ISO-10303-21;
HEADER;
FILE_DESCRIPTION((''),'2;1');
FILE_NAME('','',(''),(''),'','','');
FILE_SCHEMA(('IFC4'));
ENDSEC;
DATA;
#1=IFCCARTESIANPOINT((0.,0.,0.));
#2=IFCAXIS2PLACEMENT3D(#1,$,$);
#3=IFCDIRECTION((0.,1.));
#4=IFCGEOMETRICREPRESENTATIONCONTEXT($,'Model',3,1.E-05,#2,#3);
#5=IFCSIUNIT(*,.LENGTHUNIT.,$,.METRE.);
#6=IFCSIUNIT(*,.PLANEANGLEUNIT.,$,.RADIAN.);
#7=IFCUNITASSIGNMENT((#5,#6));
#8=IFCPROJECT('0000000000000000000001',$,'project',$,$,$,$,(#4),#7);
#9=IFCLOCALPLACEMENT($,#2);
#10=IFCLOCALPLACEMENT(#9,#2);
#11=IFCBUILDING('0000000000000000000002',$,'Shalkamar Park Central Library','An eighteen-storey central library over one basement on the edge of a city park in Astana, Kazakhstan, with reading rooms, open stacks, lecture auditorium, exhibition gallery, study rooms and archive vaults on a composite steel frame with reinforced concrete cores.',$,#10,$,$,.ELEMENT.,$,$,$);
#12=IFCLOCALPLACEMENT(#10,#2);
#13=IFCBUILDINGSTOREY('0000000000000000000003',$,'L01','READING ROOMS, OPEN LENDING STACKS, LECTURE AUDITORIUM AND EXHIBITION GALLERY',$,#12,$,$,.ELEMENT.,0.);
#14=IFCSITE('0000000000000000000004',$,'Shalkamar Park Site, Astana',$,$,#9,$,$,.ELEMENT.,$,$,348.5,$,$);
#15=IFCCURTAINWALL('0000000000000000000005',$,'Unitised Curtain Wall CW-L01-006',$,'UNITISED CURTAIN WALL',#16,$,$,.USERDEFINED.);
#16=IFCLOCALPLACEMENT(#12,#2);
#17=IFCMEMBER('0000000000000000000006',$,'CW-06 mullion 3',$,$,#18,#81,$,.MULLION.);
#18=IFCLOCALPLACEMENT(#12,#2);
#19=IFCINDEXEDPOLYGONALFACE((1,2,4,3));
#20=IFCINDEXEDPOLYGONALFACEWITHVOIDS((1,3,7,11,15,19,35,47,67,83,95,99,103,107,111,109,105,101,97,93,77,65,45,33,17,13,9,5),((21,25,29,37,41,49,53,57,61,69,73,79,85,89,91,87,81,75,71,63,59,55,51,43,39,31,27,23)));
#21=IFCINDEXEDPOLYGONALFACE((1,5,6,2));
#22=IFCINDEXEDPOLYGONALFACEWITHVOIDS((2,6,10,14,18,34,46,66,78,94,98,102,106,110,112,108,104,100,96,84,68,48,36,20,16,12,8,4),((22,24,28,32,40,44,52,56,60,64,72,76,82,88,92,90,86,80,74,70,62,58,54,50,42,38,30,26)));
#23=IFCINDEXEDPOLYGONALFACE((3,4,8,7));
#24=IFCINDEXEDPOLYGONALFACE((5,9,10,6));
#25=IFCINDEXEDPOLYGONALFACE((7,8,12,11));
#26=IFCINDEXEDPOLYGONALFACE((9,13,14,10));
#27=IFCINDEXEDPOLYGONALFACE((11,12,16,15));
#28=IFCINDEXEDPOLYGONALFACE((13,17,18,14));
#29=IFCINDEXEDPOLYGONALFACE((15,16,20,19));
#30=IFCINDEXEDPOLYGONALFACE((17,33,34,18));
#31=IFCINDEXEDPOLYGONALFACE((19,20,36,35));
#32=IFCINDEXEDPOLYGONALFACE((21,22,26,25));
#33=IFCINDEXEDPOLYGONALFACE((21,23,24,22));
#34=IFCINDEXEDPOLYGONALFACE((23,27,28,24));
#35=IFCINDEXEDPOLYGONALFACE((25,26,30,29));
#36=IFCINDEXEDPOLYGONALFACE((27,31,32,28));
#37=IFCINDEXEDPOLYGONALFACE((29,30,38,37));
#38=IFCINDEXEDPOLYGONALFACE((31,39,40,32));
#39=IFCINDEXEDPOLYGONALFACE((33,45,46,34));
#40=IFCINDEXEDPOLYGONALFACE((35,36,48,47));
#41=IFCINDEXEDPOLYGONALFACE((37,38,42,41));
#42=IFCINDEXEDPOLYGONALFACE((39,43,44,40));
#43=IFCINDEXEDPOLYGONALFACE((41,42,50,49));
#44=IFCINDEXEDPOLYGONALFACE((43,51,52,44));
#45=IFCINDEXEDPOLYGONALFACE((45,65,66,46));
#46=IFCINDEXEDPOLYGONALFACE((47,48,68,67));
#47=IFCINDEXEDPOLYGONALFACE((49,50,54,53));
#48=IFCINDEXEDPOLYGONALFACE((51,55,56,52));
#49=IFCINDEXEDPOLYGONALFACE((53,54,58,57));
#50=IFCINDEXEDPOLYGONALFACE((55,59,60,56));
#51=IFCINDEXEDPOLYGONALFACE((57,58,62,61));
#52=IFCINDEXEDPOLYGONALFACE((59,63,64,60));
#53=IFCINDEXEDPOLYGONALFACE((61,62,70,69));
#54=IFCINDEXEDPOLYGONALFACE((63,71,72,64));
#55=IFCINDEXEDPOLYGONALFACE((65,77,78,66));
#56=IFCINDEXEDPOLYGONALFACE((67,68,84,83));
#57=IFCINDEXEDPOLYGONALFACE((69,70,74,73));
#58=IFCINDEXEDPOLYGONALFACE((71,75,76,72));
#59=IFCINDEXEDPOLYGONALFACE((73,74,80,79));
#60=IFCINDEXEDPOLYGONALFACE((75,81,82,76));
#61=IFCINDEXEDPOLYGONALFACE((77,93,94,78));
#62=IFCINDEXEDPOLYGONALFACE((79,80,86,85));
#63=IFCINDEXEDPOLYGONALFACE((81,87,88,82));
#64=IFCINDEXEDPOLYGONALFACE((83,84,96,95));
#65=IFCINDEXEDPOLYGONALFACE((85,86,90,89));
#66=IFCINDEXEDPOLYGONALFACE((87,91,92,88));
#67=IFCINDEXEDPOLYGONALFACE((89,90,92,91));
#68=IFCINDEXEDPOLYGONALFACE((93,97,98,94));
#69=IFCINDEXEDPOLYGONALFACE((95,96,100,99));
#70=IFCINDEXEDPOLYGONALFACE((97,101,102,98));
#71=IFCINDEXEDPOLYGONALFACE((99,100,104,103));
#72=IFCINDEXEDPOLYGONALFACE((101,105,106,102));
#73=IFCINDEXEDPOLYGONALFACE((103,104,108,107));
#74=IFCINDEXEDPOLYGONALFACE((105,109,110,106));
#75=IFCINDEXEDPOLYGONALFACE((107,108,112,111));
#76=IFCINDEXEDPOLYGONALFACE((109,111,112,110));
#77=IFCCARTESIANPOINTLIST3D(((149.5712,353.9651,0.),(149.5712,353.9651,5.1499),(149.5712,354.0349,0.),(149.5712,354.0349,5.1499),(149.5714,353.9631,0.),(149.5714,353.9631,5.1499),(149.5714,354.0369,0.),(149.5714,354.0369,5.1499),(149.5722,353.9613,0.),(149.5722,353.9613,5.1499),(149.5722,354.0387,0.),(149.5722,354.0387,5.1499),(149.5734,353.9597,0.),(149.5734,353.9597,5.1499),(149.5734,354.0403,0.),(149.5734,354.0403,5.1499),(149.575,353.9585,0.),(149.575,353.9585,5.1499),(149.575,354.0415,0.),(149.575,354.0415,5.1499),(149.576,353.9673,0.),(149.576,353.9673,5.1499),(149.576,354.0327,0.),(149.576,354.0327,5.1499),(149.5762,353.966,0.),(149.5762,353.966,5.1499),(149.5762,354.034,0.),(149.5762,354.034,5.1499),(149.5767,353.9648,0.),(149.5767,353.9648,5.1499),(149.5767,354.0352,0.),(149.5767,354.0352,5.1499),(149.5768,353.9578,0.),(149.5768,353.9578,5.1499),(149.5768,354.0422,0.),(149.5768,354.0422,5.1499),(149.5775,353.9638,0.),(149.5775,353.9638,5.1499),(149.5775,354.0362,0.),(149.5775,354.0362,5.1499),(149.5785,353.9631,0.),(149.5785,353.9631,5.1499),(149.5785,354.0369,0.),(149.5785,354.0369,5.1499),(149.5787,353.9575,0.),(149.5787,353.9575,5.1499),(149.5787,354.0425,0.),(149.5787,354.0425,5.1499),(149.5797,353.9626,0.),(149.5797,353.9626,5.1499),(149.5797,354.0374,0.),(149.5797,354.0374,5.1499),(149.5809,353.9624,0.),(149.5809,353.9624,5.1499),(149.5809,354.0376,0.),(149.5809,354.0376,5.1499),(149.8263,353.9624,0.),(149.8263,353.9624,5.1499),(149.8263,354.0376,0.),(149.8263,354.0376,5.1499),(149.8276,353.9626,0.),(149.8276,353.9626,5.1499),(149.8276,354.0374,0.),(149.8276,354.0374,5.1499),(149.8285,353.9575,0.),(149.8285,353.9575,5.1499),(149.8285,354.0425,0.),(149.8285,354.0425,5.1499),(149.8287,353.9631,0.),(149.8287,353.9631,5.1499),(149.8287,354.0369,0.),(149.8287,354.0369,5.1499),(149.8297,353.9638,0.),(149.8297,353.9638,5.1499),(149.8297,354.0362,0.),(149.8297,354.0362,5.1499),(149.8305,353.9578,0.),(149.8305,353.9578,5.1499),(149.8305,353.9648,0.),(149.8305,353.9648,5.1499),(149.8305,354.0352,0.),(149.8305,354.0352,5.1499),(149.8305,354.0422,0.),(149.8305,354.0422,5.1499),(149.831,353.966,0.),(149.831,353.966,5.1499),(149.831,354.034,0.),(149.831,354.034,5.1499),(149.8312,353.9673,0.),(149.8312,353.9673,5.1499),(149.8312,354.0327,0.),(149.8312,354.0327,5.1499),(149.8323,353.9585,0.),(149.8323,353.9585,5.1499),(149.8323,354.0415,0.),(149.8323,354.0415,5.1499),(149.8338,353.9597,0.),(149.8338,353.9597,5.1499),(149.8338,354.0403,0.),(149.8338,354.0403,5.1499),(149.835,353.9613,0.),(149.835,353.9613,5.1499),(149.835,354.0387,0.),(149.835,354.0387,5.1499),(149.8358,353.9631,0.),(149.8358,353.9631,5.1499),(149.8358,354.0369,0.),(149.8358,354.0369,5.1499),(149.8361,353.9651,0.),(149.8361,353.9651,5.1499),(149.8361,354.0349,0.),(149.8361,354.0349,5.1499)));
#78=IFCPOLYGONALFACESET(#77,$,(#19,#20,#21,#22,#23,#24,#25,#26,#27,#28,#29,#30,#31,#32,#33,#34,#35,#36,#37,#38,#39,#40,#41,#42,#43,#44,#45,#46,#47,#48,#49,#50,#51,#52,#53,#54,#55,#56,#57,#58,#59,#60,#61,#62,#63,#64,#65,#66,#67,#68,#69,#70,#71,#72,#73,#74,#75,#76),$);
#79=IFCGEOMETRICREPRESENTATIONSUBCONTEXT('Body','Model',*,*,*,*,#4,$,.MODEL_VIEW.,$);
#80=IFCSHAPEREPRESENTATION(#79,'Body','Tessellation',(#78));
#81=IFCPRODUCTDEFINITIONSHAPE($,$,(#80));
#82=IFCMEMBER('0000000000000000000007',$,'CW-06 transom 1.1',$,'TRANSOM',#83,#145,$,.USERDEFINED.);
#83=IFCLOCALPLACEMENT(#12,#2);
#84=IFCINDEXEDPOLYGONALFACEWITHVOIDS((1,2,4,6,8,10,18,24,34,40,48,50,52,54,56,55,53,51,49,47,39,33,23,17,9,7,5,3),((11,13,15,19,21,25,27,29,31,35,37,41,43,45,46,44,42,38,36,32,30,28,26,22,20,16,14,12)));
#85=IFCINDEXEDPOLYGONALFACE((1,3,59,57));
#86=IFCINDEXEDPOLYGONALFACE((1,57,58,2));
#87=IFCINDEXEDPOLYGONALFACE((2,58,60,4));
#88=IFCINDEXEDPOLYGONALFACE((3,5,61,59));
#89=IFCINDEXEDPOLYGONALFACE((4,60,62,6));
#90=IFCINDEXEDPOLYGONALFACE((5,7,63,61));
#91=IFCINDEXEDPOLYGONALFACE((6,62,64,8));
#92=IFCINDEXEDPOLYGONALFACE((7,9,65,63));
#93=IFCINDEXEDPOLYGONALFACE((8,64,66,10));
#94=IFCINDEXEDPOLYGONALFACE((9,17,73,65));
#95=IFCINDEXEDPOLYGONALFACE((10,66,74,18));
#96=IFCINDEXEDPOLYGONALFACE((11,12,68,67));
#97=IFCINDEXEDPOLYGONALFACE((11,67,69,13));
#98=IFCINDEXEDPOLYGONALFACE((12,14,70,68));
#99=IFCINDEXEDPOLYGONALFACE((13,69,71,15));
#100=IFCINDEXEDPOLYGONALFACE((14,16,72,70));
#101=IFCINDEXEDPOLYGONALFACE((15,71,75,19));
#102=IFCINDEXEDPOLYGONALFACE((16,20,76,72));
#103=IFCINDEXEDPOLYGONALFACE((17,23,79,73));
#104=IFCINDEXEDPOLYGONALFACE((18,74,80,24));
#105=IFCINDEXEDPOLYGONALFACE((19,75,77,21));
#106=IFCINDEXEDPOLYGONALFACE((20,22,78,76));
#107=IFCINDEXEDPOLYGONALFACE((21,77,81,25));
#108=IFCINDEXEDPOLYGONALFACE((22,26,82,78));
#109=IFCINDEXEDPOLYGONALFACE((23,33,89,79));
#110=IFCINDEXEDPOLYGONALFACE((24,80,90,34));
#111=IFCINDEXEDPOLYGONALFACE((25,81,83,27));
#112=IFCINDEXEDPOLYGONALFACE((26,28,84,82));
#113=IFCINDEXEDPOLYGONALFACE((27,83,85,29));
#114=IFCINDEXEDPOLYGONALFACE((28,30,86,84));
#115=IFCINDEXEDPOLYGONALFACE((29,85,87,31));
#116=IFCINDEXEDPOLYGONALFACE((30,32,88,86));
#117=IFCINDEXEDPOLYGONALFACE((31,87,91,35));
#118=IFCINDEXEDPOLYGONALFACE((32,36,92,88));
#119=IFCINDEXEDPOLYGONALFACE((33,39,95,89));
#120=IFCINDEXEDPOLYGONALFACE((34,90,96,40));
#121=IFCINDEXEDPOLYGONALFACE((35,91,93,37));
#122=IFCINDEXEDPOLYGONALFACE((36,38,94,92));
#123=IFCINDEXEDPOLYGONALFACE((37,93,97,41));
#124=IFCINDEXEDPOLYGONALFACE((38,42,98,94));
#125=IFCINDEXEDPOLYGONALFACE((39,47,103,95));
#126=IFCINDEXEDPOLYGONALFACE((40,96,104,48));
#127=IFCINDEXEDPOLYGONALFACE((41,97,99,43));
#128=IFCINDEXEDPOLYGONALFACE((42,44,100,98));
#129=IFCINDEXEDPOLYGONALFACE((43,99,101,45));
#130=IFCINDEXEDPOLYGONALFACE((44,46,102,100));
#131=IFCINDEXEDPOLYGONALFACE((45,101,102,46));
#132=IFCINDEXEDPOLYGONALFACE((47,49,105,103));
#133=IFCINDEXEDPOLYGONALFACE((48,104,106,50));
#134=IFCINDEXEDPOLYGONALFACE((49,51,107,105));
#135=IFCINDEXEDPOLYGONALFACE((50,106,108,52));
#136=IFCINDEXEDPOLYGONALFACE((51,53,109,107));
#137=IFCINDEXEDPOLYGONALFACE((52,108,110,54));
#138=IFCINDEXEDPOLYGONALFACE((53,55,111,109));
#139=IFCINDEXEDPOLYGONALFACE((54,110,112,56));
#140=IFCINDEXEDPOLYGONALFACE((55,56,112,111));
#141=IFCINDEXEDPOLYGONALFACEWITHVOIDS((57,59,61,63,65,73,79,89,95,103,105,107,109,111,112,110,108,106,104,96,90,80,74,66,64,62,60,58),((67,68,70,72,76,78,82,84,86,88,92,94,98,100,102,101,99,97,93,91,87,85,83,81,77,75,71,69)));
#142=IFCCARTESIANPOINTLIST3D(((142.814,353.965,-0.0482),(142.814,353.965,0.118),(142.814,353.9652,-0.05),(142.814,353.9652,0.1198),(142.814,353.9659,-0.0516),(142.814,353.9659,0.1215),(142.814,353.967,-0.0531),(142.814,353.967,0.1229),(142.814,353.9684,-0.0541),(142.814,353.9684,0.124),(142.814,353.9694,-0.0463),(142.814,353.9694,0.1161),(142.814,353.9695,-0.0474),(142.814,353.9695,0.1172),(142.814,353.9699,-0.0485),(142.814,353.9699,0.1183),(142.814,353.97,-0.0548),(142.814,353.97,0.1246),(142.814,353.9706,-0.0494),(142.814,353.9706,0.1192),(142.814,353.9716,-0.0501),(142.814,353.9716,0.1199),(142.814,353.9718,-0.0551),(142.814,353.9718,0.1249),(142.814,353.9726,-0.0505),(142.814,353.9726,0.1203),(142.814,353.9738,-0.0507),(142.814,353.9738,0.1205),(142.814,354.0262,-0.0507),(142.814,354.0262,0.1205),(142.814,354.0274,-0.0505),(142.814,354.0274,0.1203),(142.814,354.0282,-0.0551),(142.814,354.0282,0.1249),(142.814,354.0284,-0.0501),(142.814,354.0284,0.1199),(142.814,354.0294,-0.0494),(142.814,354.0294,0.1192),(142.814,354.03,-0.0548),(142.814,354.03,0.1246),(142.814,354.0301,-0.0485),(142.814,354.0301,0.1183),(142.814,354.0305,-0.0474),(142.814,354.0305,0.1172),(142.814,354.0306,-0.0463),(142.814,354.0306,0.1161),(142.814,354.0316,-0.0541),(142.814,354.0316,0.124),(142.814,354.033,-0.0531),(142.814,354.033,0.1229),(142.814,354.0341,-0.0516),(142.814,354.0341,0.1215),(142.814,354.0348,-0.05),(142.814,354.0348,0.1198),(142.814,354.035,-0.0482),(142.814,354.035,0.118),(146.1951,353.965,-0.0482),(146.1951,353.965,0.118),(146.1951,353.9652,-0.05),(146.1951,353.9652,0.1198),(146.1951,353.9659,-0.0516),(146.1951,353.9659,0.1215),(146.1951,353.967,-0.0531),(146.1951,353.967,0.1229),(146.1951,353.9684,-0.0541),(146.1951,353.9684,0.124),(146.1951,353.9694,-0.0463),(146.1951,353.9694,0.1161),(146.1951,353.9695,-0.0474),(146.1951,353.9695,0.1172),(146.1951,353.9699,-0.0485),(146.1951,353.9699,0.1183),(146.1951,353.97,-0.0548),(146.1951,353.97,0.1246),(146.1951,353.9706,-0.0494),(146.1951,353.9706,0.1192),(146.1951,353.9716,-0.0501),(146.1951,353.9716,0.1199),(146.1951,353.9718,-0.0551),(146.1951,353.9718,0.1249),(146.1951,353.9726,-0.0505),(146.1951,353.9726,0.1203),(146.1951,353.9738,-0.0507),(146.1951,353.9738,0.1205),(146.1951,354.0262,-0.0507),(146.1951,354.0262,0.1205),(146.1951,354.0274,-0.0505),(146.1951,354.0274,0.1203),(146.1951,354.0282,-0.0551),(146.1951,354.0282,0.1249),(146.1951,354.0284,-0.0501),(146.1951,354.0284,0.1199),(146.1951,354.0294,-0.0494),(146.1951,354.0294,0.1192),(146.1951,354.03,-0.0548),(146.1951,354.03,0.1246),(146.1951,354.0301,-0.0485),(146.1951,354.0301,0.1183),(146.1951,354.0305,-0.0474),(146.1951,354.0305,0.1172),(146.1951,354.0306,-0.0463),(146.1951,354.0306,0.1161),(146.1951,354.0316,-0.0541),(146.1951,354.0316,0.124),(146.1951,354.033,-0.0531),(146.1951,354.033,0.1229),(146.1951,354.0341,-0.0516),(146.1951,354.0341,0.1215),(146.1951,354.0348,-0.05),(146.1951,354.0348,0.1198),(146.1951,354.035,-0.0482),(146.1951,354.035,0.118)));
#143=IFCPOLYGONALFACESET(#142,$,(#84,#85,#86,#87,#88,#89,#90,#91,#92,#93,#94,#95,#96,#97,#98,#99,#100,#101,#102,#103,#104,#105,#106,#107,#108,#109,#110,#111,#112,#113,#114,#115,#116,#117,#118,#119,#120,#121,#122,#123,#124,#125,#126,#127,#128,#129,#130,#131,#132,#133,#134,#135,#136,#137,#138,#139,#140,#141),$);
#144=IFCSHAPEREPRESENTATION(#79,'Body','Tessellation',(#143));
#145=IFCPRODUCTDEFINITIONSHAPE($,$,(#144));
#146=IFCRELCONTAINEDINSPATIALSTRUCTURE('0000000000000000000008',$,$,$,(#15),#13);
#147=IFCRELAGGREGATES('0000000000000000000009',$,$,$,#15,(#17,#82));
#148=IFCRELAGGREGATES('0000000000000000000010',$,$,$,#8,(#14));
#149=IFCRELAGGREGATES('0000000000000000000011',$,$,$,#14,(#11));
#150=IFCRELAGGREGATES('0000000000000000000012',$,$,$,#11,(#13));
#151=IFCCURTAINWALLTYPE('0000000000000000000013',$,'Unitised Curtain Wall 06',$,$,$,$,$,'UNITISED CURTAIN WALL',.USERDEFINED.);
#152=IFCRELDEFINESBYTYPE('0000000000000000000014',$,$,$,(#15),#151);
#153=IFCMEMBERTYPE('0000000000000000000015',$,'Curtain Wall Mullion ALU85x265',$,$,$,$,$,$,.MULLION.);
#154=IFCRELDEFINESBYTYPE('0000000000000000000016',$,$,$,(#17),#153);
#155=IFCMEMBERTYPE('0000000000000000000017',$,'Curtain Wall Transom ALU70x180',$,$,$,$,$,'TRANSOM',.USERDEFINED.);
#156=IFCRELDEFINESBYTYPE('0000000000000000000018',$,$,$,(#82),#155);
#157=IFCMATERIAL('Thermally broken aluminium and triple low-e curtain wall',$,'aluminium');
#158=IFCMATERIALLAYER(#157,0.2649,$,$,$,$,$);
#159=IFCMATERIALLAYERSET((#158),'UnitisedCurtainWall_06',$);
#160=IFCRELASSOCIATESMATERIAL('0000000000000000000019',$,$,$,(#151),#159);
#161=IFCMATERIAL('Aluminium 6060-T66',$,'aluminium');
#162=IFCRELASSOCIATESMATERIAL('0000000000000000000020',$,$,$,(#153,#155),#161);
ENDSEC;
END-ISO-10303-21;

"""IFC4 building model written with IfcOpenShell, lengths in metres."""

from ifc_helpers import new_model, si_unit, direction, frame, origin, origin_2d, place, context, subcontext, project, spatial, hollow_rectangle, extrude, material, layer, layer_set, material_profile, profile_set, type_object, element, aggregate, save


model = new_model("IFC4")

# Units and contexts
model_context = context("Model", 3, precision=1e-05, world=origin(), true_north=direction((0.0, 1.0)))
body_context = subcontext(model_context, "Body", "Model", "MODEL_VIEW")
ifc_project = project(units=[si_unit("LENGTHUNIT", "METRE"), si_unit("PLANEANGLEUNIT", "RADIAN")], contexts=[model_context])

# Site, building, storey
site_placement = place(None, origin())
site = spatial("IfcSite", under=ifc_project, at=site_placement, Name="Shalkamar Park Site, Astana", CompositionType="ELEMENT", RefElevation=348.5)
building_placement = place(site_placement, origin())
building = spatial("IfcBuilding", under=site, at=building_placement, Name="Shalkamar Park Central Library", Description="An eighteen-storey central library over one basement on the edge of a city park in Astana, Kazakhstan, with reading rooms, open stacks, lecture auditorium, exhibition gallery, study rooms and archive vaults on a composite steel frame with reinforced concrete cores.", CompositionType="ELEMENT")
storey_placement = place(building_placement, origin())
storey = spatial("IfcBuildingStorey", under=building, at=storey_placement, Name="L01", Description="READING ROOMS, OPEN LENDING STACKS, LECTURE AUDITORIUM AND EXHIBITION GALLERY", CompositionType="ELEMENT", Elevation=0.0)

# Curtain wall, members
ifc_material_1 = material(Name="Thermally broken aluminium and triple low-e curtain wall", Category="aluminium")
ifc_layer_1 = layer(ifc_material_1, 0.2649)
ifc_layer_set_1 = layer_set([ifc_layer_1], Name="UnitisedCurtainWall_06")
curtain_wall_type = type_object("IfcCurtainWallType", Name="Unitised Curtain Wall 06", ElementType="UNITISED CURTAIN WALL", PredefinedType="USERDEFINED", material=ifc_layer_set_1)
curtain_wall_placement = place(storey_placement, origin())
curtain_wall = element("IfcCurtainWall", 1, at=curtain_wall_placement, inside=storey, type_object=curtain_wall_type, Name="Unitised Curtain Wall CW-L01-006", ObjectType="UNITISED CURTAIN WALL", PredefinedType="USERDEFINED")
ifc_material_2 = material(Name="Aluminium 6060-T66", Category="aluminium")
ifc_material_profile_1 = material_profile(ifc_material_2, hollow_rectangle(XDim=0.085, YDim=0.2649, WallThickness=0.0049, InnerFilletRadius=0.0049, OuterFilletRadius=0.0076, at=origin_2d()), Name="ALU 85x265x5")
ifc_profile_set_1 = profile_set([ifc_material_profile_1], Name="Aluminium 6060-T66")
member_type_1 = type_object("IfcMemberType", Name="Curtain Wall Mullion ALU85x265", PredefinedType="MULLION", material=ifc_profile_set_1)
member_1_placement = place(storey_placement, frame((149.7036, 354.0, 0.0), z_axis=(0.0, 0.0, 1.0), x_axis=(0.0, 1.0, 0.0)))
member_1 = element("IfcMember", 2, at=member_1_placement, type_object=member_type_1, Name="CW-06 mullion 3", PredefinedType="MULLION", context=body_context, shape_type="SweptSolid", body=[
    extrude(hollow_rectangle(XDim=0.085, YDim=0.2649, WallThickness=0.0049, InnerFilletRadius=0.0049, OuterFilletRadius=0.0076, at=origin_2d()), origin(), (0.0, 0.0, 1.0), 5.1499),
])
ifc_material_profile_2 = material_profile(ifc_material_2, hollow_rectangle(XDim=0.0701, YDim=0.1799, WallThickness=0.0044, InnerFilletRadius=0.0044, OuterFilletRadius=0.0068, at=origin_2d()), Name="ALU 70x180x4.5")
ifc_profile_set_2 = profile_set([ifc_material_profile_2], Name="Aluminium 6060-T66")
member_type_2 = type_object("IfcMemberType", Name="Curtain Wall Transom ALU70x180", ElementType="TRANSOM", PredefinedType="USERDEFINED", material=ifc_profile_set_2)
member_2_placement = place(storey_placement, frame((142.814, 354.0, 0.0349), z_axis=(1.0, 0.0, 0.0), x_axis=(0.0, 1.0, 0.0)))
member_2 = element("IfcMember", 3, at=member_2_placement, type_object=member_type_2, Name="CW-06 transom 1.1", ObjectType="TRANSOM", PredefinedType="USERDEFINED", context=body_context, shape_type="SweptSolid", body=[
    extrude(hollow_rectangle(XDim=0.0701, YDim=0.1799, WallThickness=0.0044, InnerFilletRadius=0.0044, OuterFilletRadius=0.0068, at=origin_2d()), origin(), (0.0, 0.0, 1.0), 3.3811),
])

aggregate(curtain_wall, [member_1, member_2])

save(model, "model.ifc")
